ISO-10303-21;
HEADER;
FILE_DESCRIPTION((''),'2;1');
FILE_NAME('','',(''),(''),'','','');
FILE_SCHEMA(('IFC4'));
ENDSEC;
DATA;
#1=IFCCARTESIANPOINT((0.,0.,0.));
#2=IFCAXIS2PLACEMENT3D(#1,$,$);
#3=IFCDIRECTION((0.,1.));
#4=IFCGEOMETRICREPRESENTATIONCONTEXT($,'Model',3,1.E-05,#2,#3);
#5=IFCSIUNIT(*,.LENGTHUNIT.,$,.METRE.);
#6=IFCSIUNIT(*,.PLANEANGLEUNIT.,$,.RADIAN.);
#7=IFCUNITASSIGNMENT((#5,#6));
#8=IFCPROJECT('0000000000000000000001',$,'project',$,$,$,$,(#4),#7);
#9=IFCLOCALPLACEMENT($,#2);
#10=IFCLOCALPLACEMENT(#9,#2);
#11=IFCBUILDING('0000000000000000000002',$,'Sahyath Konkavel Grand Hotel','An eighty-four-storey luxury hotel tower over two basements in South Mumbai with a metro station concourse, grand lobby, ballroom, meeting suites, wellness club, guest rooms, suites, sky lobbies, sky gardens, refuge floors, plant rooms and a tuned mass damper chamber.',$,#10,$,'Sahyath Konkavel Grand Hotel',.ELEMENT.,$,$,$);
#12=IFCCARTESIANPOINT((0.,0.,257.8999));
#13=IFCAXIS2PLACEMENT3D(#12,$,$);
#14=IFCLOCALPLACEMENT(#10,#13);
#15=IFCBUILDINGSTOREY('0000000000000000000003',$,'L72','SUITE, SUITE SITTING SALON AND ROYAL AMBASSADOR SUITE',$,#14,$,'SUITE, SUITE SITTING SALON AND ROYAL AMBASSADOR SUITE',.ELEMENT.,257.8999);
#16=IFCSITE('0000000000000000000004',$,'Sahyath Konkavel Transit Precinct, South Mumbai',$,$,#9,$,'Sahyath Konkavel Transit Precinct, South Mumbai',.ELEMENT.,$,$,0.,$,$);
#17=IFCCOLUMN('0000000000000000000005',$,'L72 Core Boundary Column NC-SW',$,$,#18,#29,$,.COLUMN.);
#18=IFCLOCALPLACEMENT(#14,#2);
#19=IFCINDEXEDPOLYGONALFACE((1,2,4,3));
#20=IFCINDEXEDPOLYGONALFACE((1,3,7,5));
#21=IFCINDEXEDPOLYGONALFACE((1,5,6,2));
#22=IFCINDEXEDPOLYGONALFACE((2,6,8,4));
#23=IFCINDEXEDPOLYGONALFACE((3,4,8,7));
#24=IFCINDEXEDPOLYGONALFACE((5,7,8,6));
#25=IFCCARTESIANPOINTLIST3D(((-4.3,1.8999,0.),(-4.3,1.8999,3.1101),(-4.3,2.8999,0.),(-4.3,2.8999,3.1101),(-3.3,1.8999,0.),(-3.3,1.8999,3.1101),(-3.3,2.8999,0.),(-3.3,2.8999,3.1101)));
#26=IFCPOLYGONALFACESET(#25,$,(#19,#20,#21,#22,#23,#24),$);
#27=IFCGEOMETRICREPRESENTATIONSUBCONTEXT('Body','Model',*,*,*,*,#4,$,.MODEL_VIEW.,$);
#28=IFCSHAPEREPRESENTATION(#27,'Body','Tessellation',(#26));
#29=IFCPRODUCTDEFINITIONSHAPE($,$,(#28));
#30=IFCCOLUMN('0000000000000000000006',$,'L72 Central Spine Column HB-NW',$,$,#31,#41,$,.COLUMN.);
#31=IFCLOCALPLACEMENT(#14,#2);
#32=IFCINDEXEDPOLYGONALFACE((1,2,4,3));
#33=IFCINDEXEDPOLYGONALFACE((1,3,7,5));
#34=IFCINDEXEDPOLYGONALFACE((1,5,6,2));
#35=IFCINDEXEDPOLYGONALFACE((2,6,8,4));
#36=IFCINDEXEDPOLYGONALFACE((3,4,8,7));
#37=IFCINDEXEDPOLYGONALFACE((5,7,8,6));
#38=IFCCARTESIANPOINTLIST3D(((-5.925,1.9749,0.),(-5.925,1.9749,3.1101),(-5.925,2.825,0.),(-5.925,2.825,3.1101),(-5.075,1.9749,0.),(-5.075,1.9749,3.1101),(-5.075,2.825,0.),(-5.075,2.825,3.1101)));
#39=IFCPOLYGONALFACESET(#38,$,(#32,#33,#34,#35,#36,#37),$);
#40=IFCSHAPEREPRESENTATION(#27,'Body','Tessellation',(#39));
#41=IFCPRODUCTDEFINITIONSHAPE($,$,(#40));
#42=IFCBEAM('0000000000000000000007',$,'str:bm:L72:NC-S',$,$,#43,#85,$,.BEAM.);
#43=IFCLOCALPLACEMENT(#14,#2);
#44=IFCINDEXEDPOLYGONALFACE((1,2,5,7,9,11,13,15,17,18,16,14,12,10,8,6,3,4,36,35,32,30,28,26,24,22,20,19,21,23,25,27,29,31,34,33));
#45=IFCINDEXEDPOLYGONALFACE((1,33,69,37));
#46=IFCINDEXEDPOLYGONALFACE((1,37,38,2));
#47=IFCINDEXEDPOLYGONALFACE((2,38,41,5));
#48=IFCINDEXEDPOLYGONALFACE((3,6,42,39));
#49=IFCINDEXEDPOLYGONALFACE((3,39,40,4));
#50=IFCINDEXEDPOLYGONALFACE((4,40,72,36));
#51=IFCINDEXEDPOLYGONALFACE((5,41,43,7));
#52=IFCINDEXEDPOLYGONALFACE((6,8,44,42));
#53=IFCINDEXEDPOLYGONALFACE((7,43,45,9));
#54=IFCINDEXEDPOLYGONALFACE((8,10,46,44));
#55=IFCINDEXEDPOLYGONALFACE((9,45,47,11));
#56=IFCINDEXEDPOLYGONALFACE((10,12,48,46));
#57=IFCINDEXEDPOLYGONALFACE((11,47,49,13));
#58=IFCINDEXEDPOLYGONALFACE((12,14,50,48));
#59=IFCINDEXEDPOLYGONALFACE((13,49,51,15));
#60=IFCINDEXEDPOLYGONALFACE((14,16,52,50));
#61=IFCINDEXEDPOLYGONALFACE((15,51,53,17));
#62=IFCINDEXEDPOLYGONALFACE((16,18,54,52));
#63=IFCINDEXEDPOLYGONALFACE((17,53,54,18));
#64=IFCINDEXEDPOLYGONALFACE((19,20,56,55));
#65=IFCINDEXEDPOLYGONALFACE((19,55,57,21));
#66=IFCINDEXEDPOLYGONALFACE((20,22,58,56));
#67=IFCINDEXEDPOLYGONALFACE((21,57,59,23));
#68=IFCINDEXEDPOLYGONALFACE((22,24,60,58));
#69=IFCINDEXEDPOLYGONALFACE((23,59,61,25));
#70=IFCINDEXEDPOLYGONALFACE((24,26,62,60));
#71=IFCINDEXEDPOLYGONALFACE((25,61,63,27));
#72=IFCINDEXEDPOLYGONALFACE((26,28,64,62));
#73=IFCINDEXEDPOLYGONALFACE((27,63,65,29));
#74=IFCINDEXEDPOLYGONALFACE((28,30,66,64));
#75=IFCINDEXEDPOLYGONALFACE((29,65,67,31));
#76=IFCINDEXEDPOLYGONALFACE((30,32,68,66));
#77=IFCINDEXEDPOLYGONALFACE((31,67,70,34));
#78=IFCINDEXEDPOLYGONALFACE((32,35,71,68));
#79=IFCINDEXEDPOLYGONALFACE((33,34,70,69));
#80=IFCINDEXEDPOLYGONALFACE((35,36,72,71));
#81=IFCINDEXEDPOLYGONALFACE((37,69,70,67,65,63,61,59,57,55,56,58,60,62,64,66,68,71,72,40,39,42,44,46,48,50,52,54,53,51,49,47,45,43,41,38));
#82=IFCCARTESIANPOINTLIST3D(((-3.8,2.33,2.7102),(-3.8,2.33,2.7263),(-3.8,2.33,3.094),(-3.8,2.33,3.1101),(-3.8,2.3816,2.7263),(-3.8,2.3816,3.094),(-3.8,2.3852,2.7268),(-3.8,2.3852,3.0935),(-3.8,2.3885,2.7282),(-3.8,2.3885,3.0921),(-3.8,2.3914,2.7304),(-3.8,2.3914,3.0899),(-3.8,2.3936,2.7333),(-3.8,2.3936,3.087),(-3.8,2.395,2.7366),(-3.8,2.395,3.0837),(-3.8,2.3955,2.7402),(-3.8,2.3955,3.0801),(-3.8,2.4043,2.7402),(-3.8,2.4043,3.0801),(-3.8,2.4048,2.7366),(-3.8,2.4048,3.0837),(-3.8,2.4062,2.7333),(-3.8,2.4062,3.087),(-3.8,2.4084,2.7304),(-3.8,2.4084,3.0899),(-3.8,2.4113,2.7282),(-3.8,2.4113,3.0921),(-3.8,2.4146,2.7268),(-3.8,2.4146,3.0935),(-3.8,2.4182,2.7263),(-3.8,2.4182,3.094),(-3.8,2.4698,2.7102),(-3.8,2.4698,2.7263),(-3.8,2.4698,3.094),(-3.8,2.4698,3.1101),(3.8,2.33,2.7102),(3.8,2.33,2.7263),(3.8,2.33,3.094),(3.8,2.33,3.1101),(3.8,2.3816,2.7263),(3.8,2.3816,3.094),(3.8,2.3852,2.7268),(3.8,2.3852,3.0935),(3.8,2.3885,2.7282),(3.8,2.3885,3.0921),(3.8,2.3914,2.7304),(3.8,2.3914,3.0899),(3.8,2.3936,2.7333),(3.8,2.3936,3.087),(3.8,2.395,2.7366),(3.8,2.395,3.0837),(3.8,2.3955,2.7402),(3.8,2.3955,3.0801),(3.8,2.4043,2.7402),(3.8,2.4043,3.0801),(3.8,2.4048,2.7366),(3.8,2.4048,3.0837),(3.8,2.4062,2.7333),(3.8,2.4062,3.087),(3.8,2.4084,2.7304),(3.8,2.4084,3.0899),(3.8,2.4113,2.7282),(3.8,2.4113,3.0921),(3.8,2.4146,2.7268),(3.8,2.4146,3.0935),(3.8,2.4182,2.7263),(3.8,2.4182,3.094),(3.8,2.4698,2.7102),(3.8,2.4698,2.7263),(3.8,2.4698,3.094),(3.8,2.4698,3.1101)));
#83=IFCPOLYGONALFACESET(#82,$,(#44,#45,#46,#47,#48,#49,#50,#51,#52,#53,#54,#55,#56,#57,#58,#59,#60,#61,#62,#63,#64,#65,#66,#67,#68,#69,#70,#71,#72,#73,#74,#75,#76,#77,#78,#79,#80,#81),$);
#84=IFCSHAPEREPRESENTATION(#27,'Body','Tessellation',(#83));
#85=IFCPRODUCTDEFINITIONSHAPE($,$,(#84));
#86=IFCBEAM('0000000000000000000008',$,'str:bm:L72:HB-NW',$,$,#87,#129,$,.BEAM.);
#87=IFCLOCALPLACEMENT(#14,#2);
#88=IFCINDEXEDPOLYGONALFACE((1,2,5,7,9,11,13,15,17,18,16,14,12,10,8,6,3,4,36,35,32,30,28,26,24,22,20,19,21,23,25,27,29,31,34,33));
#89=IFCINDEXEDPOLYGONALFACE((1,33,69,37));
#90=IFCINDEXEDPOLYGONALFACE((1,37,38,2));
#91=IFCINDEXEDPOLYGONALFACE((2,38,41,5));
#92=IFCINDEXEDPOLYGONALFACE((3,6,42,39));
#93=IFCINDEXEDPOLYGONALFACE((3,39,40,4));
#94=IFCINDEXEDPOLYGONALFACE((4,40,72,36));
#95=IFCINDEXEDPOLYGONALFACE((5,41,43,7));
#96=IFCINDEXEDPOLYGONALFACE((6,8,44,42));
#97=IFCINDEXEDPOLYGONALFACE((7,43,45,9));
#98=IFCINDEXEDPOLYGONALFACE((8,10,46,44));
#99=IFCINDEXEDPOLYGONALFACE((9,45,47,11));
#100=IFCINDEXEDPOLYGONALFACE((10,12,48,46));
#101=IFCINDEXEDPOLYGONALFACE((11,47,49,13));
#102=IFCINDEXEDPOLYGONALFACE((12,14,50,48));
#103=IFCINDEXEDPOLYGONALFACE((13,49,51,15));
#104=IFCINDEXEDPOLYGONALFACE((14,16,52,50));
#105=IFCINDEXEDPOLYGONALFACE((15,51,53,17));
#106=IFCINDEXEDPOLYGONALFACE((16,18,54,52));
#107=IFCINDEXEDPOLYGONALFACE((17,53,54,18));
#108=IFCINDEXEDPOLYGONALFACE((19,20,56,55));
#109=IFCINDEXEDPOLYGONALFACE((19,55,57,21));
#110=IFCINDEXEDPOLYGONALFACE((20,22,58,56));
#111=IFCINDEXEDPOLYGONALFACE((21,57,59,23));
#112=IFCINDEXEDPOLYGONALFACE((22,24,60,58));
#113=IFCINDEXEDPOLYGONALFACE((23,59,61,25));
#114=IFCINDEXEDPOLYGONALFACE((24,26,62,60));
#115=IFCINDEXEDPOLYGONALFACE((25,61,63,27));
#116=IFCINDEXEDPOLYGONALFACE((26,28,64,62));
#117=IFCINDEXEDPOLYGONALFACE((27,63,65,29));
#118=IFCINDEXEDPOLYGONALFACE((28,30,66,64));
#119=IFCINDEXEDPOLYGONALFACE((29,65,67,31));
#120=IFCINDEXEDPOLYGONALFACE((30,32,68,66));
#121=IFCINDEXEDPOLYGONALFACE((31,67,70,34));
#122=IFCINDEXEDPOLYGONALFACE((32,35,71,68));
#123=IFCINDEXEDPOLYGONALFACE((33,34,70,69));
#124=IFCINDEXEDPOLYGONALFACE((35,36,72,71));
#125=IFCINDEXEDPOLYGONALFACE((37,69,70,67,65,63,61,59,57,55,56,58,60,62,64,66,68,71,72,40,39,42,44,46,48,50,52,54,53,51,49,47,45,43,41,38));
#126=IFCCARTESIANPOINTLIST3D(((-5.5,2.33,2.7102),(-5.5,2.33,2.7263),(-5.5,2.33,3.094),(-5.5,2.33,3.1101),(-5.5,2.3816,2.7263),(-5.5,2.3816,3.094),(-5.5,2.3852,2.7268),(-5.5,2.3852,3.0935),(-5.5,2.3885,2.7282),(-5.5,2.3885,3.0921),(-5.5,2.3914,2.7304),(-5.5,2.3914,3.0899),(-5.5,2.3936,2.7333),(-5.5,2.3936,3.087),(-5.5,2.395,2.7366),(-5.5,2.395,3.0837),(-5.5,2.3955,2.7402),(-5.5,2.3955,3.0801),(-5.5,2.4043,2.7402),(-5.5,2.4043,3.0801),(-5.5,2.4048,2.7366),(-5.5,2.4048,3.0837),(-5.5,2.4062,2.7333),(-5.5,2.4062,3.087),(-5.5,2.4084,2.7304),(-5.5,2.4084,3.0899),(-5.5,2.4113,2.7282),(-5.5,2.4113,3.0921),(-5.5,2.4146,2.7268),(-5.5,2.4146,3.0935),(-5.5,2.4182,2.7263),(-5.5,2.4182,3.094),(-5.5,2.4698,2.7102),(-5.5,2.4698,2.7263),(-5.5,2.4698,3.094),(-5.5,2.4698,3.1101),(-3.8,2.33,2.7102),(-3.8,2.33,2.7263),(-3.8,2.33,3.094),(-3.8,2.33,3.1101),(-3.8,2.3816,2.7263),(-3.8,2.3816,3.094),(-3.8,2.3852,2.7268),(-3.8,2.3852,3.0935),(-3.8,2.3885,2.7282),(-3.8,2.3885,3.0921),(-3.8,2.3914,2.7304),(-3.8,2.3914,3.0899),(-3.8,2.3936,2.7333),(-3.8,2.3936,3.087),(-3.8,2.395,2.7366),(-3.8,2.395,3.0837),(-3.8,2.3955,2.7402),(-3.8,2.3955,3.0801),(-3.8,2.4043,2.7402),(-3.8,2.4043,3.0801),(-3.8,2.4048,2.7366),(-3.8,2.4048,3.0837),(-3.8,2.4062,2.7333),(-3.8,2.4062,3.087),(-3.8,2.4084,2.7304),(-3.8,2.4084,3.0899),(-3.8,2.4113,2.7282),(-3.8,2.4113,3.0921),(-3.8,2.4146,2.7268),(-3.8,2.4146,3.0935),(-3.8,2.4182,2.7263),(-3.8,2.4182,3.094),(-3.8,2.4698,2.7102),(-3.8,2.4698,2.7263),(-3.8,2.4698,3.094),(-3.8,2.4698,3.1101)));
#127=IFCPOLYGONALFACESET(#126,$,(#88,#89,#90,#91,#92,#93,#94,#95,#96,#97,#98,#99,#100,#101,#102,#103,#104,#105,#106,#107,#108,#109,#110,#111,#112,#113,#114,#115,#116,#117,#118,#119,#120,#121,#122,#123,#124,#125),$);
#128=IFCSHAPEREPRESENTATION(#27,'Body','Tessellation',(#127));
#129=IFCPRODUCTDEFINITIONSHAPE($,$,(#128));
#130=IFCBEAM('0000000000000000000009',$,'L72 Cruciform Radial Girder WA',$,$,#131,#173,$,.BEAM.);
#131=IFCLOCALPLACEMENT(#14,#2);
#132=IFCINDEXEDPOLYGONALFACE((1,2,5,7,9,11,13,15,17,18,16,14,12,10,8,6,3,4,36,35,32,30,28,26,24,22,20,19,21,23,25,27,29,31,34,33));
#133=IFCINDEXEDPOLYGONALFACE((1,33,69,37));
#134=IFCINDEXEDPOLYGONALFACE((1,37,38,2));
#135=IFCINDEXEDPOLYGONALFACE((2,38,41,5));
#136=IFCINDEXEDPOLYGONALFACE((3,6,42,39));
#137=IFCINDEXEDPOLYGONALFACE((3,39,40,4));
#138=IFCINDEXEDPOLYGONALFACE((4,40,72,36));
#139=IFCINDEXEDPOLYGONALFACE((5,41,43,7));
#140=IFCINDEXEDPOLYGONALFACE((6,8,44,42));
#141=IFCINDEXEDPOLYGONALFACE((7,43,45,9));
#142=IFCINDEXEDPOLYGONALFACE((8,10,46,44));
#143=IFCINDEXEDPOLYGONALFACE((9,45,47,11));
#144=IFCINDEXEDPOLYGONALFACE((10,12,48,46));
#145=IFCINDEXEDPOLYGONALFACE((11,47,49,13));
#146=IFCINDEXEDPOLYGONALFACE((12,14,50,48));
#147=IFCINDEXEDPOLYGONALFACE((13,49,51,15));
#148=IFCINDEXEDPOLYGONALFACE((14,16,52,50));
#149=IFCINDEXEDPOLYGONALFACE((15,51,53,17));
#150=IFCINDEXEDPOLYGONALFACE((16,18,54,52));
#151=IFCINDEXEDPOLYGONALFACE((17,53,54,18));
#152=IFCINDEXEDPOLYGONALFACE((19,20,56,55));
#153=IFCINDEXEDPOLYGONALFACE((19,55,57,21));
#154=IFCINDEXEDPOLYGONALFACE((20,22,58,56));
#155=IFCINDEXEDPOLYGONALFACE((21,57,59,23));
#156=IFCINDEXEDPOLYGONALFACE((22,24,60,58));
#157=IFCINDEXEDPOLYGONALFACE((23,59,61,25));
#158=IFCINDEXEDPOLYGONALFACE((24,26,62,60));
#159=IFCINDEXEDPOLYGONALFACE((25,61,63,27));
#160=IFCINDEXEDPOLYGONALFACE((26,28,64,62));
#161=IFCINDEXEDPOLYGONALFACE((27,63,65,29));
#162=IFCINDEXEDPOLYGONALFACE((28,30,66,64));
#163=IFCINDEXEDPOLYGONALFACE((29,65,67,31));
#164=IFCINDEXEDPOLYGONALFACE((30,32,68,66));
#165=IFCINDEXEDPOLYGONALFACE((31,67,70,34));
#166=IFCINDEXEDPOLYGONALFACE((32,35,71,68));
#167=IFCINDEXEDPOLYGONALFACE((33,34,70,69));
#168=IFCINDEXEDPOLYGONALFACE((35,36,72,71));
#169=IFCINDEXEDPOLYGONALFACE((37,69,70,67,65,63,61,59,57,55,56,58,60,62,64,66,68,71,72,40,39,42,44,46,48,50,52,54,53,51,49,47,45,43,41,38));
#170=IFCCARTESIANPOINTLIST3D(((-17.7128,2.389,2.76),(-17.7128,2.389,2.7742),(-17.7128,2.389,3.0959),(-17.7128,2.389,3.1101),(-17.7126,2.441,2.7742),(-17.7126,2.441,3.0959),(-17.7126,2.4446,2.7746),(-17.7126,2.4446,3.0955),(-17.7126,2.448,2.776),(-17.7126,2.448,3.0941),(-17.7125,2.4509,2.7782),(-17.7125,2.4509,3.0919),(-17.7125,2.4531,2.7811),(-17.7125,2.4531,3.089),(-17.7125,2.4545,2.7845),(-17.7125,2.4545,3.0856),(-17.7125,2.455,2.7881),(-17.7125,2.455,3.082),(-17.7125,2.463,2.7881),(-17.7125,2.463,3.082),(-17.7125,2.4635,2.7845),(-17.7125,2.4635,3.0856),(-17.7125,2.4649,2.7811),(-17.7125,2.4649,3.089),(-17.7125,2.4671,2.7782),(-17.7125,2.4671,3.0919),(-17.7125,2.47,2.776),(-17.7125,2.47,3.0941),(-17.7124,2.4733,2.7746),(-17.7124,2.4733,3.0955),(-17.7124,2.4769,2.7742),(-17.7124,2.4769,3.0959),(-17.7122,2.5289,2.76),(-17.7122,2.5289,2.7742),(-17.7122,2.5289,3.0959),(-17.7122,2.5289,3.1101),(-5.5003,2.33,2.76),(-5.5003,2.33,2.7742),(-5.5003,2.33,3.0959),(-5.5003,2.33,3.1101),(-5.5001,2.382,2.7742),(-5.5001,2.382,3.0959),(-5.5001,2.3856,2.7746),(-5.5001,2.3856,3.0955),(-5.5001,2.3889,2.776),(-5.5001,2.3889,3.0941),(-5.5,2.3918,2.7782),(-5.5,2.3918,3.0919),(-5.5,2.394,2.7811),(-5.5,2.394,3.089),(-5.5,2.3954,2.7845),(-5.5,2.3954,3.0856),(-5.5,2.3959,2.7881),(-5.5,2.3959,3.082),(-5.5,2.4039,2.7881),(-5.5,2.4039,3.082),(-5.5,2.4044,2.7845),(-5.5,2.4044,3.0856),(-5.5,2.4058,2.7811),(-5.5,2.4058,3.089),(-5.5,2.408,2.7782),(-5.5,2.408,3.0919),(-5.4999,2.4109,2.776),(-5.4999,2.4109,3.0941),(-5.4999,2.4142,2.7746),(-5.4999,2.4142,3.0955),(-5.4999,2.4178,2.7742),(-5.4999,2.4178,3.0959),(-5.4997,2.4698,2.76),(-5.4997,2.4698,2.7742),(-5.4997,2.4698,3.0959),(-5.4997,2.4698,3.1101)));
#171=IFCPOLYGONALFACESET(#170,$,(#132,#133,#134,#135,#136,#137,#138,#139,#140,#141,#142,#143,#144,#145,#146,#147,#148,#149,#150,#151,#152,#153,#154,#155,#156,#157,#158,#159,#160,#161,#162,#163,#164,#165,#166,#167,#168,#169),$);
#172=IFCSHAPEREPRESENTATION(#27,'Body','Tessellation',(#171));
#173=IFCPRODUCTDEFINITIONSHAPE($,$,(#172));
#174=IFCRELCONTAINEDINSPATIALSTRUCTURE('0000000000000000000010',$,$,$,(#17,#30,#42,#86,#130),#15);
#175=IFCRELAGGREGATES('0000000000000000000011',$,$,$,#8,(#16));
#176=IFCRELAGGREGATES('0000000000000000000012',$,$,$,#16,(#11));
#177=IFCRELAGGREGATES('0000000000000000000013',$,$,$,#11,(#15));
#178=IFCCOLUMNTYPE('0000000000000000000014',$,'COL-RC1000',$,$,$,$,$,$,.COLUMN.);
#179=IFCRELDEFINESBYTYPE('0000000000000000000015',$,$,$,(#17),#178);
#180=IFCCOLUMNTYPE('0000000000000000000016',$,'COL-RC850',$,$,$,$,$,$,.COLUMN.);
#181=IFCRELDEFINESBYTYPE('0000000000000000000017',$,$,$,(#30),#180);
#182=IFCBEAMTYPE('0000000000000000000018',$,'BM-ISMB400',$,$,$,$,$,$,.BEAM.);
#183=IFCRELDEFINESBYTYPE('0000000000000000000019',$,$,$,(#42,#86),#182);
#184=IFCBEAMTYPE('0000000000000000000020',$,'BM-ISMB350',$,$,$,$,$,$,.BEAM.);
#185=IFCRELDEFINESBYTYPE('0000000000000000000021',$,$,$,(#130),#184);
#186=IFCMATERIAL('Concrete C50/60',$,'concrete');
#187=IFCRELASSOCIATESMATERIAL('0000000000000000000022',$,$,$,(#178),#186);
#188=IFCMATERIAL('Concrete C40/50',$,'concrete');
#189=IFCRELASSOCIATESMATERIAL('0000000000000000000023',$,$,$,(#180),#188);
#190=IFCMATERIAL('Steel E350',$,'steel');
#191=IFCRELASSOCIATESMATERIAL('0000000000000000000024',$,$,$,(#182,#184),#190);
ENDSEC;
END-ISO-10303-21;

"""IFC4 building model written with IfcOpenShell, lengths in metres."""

from ifc_helpers import new_model, si_unit, direction, frame, origin, origin_2d, place, context, subcontext, project, spatial, rectangle, i_section, extrude, source, transform, mapped, material, material_profile, profile_set, type_object, element, save


model = new_model("IFC4")

# Units and contexts
model_context = context("Model", 3, precision=1e-05, world=origin(), true_north=direction((0.0, 1.0)))
body_context = subcontext(model_context, "Body", "Model", "MODEL_VIEW")
ifc_project = project(units=[si_unit("LENGTHUNIT", "METRE"), si_unit("PLANEANGLEUNIT", "RADIAN")], contexts=[model_context])

# Site, building, storey
site_placement = place(None, origin())
site = spatial("IfcSite", under=ifc_project, at=site_placement, Name="Sahyath Konkavel Transit Precinct, South Mumbai", LongName="Sahyath Konkavel Transit Precinct, South Mumbai", CompositionType="ELEMENT", RefElevation=0.0)
building_placement = place(site_placement, origin())
building = spatial("IfcBuilding", under=site, at=building_placement, Name="Sahyath Konkavel Grand Hotel", Description="An eighty-four-storey luxury hotel tower over two basements in South Mumbai with a metro station concourse, grand lobby, ballroom, meeting suites, wellness club, guest rooms, suites, sky lobbies, sky gardens, refuge floors, plant rooms and a tuned mass damper chamber.", LongName="Sahyath Konkavel Grand Hotel", CompositionType="ELEMENT")
storey_placement = place(building_placement, frame((0.0, 0.0, 257.8999)))
storey = spatial("IfcBuildingStorey", under=building, at=storey_placement, Name="L72", Description="SUITE, SUITE SITTING SALON AND ROYAL AMBASSADOR SUITE", LongName="SUITE, SUITE SITTING SALON AND ROYAL AMBASSADOR SUITE", CompositionType="ELEMENT", Elevation=257.8999)

# Columns
ifc_material_1 = material(Name="Concrete C50/60", Category="concrete")
ifc_material_profile_1 = material_profile(ifc_material_1, rectangle(XDim=1.0, YDim=1.0, at=origin_2d()), Name="RC 1000x1000")
ifc_profile_set_1 = profile_set([ifc_material_profile_1], Name="Concrete C50/60")
column_type_1 = type_object("IfcColumnType", Name="COL-RC1000", PredefinedType="COLUMN", material=ifc_profile_set_1)
shared_shape_1 = source(origin(), body_context, "Body", "SweptSolid", [
    extrude(rectangle(XDim=1.0, YDim=1.0, at=origin_2d()), origin(), (0.0, 0.0, 1.0), 3.1101),
])
column_1_placement = place(storey_placement, frame((-3.8, 2.3999, 0.0), z_axis=(0.0, 0.0, 1.0), x_axis=(1.0, 0.0, 0.0)))
element("IfcColumn", 1, at=column_1_placement, inside=storey, type_object=column_type_1, Name="L72 Core Boundary Column NC-SW", PredefinedType="COLUMN", context=body_context, shape_type="MappedRepresentation", body=[
    mapped(shared_shape_1, transform((0.0, 0.0, 0.0), scale=1.0)),
])
ifc_material_2 = material(Name="Concrete C40/50", Category="concrete")
ifc_material_profile_2 = material_profile(ifc_material_2, rectangle(XDim=0.8501, YDim=0.8501, at=origin_2d()), Name="RC 850x850")
ifc_profile_set_2 = profile_set([ifc_material_profile_2], Name="Concrete C40/50")
column_type_2 = type_object("IfcColumnType", Name="COL-RC850", PredefinedType="COLUMN", material=ifc_profile_set_2)
shared_shape_2 = source(origin(), body_context, "Body", "SweptSolid", [
    extrude(rectangle(XDim=0.8501, YDim=0.8501, at=origin_2d()), origin(), (0.0, 0.0, 1.0), 3.1101),
])
column_2_placement = place(storey_placement, frame((-5.5, 2.3999, 0.0), z_axis=(0.0, 0.0, 1.0), x_axis=(1.0, 0.0, 0.0)))
element("IfcColumn", 2, at=column_2_placement, inside=storey, type_object=column_type_2, Name="L72 Central Spine Column HB-NW", PredefinedType="COLUMN", context=body_context, shape_type="MappedRepresentation", body=[
    mapped(shared_shape_2, transform((0.0, 0.0, 0.0), scale=1.0)),
])

# Beams
ifc_material_3 = material(Name="Steel E350", Category="steel")
ifc_material_profile_3 = material_profile(ifc_material_3, i_section(OverallWidth=0.1399, OverallDepth=0.3999, WebThickness=0.0088, FlangeThickness=0.0161, FilletRadius=0.0139, at=origin_2d()), Name="ISMB 400")
ifc_profile_set_3 = profile_set([ifc_material_profile_3], Name="Steel E350")
beam_type_1 = type_object("IfcBeamType", Name="BM-ISMB400", PredefinedType="BEAM", material=ifc_profile_set_3)
shared_shape_3 = source(origin(), body_context, "Body", "SweptSolid", [
    extrude(i_section(OverallWidth=0.1399, OverallDepth=0.3999, WebThickness=0.0088, FlangeThickness=0.0161, FilletRadius=0.0139, at=origin_2d()), origin(), (0.0, 0.0, 1.0), 7.6001),
])
beam_1_placement = place(storey_placement, frame((-3.8, 2.3999, 2.9102), z_axis=(1.0, 0.0, 0.0), x_axis=(0.0, 1.0, 0.0)))
element("IfcBeam", 3, at=beam_1_placement, inside=storey, type_object=beam_type_1, Name="str:bm:L72:NC-S", PredefinedType="BEAM", context=body_context, shape_type="MappedRepresentation", body=[
    mapped(shared_shape_3, transform((0.0, 0.0, 0.0), scale=1.0)),
])
shared_shape_4 = source(origin(), body_context, "Body", "SweptSolid", [
    extrude(i_section(OverallWidth=0.1399, OverallDepth=0.3999, WebThickness=0.0088, FlangeThickness=0.0161, FilletRadius=0.0139, at=origin_2d()), origin(), (0.0, 0.0, 1.0), 1.7),
])
beam_2_placement = place(storey_placement, frame((-5.5, 2.3999, 2.9102), z_axis=(1.0, 0.0, 0.0), x_axis=(0.0, 1.0, 0.0)))
element("IfcBeam", 4, at=beam_2_placement, inside=storey, type_object=beam_type_1, Name="str:bm:L72:HB-NW", PredefinedType="BEAM", context=body_context, shape_type="MappedRepresentation", body=[
    mapped(shared_shape_4, transform((0.0, 0.0, 0.0), scale=1.0)),
])
ifc_material_profile_4 = material_profile(ifc_material_3, i_section(OverallWidth=0.1399, OverallDepth=0.3501, WebThickness=0.0081, FlangeThickness=0.0142, FilletRadius=0.0139, at=origin_2d()), Name="ISMB 350")
ifc_profile_set_4 = profile_set([ifc_material_profile_4], Name="Steel E350")
beam_type_2 = type_object("IfcBeamType", Name="BM-ISMB350", PredefinedType="BEAM", material=ifc_profile_set_4)
shared_shape_5 = source(origin(), body_context, "Body", "SweptSolid", [
    extrude(i_section(OverallWidth=0.1399, OverallDepth=0.3501, WebThickness=0.0081, FlangeThickness=0.0142, FilletRadius=0.0139, at=origin_2d()), origin(), (0.0, 0.0, 1.0), 12.2126),
])
beam_3_placement = place(storey_placement, frame((-5.5, 2.3999, 2.9351), z_axis=(-0.999988, 0.004838, 0.0), x_axis=(-0.004838, -0.999988, 0.0)))
element("IfcBeam", 5, at=beam_3_placement, inside=storey, type_object=beam_type_2, Name="L72 Cruciform Radial Girder WA", PredefinedType="BEAM", context=body_context, shape_type="MappedRepresentation", body=[
    mapped(shared_shape_5, transform((0.0, 0.0, 0.0), scale=1.0)),
])

save(model, "model.ifc")
